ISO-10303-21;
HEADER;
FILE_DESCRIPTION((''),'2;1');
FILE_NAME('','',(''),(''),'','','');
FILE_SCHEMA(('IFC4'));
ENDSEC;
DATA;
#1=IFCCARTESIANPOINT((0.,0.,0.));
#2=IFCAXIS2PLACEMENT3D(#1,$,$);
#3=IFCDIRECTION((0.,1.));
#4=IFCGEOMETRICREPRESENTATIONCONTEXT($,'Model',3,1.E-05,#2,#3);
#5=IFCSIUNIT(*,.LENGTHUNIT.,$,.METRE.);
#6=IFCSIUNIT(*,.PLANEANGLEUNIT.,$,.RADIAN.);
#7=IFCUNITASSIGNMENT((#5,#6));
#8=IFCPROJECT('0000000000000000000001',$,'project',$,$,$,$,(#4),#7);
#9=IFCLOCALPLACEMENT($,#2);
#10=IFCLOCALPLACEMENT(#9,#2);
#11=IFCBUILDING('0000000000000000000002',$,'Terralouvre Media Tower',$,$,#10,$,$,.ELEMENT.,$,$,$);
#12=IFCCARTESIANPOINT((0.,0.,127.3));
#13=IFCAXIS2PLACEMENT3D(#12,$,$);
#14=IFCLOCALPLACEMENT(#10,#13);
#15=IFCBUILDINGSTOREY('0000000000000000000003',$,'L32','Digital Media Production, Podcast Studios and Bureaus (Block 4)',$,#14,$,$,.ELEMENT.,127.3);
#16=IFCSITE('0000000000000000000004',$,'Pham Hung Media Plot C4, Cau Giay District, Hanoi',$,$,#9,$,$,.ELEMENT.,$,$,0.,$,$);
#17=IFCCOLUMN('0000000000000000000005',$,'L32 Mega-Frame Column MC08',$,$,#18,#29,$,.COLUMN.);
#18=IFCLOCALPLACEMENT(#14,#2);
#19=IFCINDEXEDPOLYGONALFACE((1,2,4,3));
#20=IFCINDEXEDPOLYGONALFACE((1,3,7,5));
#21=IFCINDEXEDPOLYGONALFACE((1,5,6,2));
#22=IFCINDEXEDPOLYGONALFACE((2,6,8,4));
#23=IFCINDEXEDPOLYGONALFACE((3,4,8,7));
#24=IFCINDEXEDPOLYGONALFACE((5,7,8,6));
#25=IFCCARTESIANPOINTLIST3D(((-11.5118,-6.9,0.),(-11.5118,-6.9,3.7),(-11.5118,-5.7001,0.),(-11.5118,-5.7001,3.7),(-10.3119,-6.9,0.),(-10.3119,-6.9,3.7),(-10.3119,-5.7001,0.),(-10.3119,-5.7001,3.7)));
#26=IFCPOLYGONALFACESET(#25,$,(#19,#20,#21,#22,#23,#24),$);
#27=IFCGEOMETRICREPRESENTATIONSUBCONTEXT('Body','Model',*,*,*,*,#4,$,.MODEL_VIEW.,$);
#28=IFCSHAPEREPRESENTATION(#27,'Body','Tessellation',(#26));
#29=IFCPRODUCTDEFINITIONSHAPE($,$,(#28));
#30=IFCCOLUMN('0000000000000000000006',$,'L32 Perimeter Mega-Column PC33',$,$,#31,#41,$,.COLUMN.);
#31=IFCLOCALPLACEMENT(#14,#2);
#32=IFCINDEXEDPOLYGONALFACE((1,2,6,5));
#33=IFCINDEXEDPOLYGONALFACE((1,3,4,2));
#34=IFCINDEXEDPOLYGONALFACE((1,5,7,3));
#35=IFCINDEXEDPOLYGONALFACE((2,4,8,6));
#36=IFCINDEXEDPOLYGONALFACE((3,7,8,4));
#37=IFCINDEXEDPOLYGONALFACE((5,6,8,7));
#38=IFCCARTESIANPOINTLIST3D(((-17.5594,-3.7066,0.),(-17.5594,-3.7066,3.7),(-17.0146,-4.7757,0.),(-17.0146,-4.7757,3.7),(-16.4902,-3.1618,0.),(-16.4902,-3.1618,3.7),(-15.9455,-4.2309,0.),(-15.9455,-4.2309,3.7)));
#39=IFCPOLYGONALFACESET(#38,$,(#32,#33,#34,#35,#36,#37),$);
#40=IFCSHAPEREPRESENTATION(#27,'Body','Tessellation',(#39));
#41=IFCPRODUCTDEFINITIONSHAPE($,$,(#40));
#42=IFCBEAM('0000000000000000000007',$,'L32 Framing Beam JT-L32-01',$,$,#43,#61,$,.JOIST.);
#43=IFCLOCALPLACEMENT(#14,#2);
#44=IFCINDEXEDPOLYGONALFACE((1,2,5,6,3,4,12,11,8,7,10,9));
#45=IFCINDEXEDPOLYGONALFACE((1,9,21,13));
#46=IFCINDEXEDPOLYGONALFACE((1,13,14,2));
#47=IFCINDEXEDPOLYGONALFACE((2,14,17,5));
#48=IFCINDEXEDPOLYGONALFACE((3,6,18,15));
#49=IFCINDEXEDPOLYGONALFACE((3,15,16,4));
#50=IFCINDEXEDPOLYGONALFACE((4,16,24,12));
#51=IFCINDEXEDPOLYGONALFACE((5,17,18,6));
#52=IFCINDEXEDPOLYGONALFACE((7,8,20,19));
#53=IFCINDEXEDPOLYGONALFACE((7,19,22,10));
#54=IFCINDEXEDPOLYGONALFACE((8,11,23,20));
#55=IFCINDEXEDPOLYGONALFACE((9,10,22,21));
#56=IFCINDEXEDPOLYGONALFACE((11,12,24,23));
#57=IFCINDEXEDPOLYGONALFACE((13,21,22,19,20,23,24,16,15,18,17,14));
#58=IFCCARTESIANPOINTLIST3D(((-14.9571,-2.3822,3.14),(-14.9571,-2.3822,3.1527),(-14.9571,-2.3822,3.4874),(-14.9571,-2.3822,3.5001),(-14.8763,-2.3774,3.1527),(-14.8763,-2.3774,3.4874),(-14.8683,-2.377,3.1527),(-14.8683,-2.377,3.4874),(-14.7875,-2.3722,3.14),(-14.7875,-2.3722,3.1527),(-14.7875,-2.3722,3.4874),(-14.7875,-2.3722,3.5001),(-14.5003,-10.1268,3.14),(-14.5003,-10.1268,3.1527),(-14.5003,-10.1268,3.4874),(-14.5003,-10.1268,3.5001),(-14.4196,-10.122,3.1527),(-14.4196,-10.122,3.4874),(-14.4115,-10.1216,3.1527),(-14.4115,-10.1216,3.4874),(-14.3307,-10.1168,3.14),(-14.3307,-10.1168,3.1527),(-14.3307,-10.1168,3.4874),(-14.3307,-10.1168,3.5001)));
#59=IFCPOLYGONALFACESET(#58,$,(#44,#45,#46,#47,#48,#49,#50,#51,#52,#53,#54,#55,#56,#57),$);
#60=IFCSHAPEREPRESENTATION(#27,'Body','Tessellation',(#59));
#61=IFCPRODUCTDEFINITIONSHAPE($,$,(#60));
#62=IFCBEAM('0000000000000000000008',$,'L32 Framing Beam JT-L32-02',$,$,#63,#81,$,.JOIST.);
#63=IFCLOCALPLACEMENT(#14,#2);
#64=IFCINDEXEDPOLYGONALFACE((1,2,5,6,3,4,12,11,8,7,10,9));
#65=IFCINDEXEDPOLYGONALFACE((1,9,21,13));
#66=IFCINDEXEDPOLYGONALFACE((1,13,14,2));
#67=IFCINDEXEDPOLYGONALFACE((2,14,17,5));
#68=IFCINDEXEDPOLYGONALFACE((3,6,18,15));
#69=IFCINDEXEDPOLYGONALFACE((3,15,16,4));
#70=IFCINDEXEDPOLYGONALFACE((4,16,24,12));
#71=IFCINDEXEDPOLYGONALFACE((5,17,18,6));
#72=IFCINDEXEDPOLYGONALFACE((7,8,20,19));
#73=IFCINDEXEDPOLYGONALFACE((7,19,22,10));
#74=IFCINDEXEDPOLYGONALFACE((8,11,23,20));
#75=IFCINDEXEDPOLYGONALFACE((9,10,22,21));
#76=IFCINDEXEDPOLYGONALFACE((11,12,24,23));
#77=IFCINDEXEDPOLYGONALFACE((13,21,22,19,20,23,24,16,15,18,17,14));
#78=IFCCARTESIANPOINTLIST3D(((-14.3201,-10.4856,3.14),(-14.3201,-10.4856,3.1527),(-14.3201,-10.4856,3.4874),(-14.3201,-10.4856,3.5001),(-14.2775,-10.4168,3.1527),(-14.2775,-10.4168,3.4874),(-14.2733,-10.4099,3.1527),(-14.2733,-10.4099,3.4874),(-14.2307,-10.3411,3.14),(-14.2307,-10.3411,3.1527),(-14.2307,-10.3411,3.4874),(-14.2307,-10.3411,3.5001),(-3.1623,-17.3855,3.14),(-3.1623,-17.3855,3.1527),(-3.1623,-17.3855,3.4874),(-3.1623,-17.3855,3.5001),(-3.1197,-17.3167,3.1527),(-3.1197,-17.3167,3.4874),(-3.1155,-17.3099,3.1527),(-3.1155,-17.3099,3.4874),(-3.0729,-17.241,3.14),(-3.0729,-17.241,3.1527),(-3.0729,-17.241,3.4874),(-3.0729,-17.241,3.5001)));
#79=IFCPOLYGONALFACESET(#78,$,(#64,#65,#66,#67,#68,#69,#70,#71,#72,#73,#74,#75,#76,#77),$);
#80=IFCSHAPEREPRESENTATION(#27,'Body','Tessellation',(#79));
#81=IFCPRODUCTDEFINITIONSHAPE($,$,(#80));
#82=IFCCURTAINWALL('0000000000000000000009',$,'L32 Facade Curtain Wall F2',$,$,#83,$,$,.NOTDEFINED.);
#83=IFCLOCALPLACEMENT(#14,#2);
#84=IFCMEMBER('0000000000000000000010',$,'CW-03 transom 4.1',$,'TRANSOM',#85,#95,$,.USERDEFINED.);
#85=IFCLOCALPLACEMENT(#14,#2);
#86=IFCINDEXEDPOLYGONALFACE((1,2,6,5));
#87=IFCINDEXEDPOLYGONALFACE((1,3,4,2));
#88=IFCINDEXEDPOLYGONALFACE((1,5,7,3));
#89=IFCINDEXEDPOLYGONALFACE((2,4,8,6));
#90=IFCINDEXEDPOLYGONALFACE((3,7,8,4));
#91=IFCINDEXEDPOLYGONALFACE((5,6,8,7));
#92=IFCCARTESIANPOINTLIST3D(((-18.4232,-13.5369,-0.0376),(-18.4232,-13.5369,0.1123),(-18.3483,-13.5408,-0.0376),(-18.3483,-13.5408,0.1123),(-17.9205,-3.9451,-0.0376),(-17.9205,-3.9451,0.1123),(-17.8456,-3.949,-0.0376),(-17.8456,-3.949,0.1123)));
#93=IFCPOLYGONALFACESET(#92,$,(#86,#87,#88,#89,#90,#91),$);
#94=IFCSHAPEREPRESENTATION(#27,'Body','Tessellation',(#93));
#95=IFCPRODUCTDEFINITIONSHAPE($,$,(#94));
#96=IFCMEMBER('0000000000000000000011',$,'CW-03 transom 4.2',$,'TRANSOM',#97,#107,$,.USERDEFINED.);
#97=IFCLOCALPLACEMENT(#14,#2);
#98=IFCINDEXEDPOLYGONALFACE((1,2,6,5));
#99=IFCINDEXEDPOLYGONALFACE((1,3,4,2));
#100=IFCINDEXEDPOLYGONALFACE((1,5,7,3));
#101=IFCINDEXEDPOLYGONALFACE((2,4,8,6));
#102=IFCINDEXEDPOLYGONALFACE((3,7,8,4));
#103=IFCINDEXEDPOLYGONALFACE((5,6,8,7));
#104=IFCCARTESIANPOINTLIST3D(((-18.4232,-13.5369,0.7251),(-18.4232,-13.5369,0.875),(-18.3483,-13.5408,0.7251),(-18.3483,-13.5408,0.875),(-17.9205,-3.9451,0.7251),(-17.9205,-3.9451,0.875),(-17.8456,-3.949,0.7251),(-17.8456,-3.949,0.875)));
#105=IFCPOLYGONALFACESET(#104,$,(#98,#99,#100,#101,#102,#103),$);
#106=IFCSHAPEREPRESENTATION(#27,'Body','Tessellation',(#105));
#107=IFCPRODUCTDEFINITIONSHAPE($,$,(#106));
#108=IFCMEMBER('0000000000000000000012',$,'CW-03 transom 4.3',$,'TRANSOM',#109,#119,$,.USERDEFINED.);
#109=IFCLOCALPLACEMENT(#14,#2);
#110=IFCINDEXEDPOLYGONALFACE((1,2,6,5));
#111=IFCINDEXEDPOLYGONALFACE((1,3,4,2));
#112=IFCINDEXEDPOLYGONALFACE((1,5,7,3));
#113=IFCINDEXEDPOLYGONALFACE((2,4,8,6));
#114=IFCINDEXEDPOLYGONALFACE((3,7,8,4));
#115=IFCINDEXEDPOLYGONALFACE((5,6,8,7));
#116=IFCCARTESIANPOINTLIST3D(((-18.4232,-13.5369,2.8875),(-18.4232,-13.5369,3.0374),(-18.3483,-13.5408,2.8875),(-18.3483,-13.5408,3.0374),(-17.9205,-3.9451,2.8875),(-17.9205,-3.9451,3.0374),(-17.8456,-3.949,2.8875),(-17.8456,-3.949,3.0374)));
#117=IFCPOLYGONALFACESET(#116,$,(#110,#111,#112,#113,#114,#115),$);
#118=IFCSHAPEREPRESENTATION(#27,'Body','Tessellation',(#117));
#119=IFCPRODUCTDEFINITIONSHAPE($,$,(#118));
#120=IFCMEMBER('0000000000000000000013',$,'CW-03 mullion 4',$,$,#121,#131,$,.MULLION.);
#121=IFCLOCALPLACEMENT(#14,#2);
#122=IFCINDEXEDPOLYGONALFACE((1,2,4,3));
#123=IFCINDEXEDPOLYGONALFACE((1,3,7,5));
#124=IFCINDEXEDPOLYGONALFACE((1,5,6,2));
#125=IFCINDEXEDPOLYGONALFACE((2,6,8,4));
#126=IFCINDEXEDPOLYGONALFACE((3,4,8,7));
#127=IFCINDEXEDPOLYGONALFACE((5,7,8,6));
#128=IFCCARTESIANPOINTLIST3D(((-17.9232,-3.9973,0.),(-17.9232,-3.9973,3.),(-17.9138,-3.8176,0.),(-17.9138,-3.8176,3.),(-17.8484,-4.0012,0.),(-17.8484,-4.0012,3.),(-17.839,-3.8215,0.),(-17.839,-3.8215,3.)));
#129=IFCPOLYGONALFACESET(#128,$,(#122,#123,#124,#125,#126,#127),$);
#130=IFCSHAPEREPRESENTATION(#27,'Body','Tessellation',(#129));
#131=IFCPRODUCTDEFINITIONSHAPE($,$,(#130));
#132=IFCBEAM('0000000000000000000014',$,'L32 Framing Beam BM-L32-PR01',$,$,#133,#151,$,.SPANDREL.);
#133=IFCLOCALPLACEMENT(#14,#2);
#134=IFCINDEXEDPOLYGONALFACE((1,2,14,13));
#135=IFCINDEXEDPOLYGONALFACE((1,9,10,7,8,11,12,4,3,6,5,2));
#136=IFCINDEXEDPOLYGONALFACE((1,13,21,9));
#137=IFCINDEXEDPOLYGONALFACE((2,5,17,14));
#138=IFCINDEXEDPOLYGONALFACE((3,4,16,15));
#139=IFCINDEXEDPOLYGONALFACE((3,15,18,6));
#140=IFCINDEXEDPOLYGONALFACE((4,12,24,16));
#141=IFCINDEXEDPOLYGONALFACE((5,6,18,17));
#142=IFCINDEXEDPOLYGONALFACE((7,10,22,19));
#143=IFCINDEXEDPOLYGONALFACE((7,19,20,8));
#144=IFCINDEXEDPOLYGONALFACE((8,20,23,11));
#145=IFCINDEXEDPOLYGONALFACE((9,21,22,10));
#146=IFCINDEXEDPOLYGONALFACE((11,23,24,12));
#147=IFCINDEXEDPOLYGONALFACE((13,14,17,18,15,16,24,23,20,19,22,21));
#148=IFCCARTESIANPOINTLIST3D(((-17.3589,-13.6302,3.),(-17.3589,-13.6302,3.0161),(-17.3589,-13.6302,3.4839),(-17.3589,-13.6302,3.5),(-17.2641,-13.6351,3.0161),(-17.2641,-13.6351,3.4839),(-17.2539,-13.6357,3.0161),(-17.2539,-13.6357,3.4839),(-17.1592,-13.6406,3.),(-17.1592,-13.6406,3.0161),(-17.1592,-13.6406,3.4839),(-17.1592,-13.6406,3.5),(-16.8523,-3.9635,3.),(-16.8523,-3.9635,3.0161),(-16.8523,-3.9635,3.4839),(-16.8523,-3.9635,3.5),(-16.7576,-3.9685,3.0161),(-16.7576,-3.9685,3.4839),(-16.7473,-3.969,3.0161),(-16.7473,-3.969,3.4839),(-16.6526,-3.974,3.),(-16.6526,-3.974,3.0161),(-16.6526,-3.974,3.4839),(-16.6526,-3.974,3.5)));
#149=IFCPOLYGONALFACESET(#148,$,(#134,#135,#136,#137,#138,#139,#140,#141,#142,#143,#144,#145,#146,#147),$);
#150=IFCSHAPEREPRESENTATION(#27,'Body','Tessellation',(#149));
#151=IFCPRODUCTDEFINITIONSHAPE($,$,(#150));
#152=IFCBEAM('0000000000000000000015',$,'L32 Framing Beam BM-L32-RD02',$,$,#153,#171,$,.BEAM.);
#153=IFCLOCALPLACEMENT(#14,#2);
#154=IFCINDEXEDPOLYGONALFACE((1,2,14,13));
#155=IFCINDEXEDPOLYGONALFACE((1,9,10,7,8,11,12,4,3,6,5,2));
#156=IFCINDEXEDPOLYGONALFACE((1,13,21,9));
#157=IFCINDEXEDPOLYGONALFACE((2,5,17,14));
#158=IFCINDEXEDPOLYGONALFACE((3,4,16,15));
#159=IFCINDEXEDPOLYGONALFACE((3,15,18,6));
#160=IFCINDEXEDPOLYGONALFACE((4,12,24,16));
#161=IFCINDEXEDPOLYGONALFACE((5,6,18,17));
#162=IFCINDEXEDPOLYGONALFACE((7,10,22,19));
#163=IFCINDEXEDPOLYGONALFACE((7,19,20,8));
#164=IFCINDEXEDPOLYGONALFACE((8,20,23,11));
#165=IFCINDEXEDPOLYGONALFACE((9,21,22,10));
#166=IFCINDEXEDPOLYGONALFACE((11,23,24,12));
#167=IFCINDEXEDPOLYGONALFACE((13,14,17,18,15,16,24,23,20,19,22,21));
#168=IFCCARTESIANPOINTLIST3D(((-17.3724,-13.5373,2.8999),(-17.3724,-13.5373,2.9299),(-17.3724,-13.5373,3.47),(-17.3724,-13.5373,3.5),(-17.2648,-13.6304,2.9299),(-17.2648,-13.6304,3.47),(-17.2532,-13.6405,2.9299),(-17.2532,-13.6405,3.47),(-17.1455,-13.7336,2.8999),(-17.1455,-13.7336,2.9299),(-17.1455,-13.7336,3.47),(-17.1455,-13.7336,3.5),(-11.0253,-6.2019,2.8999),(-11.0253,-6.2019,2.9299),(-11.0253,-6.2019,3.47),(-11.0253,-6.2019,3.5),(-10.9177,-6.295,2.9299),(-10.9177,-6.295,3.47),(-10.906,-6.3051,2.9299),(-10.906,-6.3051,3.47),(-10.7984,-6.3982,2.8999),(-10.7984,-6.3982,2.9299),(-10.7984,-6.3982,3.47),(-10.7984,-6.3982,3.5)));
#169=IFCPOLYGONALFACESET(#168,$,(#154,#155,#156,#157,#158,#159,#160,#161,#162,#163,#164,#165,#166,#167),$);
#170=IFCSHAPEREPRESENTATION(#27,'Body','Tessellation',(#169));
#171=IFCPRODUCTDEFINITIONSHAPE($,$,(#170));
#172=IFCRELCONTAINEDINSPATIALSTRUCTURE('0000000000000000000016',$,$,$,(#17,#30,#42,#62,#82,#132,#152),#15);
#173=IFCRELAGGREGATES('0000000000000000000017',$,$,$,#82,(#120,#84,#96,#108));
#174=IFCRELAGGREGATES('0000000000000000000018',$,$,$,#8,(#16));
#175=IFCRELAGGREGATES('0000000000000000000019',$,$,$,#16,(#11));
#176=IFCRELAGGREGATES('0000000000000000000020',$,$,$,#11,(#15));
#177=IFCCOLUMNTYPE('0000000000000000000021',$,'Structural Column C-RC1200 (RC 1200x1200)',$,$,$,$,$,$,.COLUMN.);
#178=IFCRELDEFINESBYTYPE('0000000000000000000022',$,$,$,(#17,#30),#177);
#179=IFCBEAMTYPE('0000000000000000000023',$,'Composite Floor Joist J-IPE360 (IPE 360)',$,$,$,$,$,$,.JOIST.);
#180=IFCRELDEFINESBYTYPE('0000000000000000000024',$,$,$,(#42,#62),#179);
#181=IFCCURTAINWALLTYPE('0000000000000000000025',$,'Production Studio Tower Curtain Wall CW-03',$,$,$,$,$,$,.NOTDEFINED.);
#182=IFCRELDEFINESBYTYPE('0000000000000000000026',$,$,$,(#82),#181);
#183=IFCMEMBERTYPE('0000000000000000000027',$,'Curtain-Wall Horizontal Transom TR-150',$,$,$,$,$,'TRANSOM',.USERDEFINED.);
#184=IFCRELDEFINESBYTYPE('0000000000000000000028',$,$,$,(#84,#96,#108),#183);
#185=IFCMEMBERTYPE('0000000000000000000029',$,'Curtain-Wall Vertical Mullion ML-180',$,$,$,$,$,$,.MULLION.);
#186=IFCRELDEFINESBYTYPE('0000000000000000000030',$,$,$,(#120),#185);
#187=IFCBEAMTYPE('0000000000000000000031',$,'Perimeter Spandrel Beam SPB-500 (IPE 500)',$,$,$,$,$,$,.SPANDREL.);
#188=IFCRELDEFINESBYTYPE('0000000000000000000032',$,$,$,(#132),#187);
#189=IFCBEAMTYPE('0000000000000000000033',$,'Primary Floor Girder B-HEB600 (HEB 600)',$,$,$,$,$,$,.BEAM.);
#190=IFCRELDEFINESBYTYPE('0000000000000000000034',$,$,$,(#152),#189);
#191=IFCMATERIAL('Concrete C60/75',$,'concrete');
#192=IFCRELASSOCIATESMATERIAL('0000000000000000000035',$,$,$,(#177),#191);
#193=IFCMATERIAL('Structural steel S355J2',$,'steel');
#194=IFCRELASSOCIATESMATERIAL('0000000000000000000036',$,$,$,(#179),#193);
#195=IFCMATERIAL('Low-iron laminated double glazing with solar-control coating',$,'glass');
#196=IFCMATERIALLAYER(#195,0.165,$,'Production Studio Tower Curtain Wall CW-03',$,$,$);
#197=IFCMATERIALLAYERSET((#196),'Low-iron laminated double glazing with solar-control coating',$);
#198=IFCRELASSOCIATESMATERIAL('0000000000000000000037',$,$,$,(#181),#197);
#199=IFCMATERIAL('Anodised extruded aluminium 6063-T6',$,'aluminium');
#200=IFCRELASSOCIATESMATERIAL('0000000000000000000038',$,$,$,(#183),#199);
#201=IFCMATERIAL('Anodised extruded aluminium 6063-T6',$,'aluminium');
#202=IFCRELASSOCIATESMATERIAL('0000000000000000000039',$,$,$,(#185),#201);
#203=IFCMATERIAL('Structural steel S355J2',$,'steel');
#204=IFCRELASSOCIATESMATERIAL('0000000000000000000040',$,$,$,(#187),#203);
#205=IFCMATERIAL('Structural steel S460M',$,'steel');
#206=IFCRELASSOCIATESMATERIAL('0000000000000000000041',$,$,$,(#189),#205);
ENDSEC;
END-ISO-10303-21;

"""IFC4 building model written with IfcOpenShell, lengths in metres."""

from ifc_helpers import new_model, si_unit, direction, frame, origin, origin_2d, place, context, subcontext, project, spatial, rectangle, i_section, extrude, material, layer, layer_set, material_profile, profile_set, type_object, element, aggregate, save


model = new_model("IFC4")

# Units and contexts
model_context = context("Model", 3, precision=1e-05, world=origin(), true_north=direction((0.0, 1.0)))
body_context = subcontext(model_context, "Body", "Model", "MODEL_VIEW")
ifc_project = project(units=[si_unit("LENGTHUNIT", "METRE"), si_unit("PLANEANGLEUNIT", "RADIAN")], contexts=[model_context])

# Site, building, storey
site_placement = place(None, origin())
site = spatial("IfcSite", under=ifc_project, at=site_placement, Name="Pham Hung Media Plot C4, Cau Giay District, Hanoi", CompositionType="ELEMENT", RefElevation=0.0)
building_placement = place(site_placement, origin())
building = spatial("IfcBuilding", under=site, at=building_placement, Name="Terralouvre Media Tower", CompositionType="ELEMENT")
storey_placement = place(building_placement, frame((0.0, 0.0, 127.3)))
storey = spatial("IfcBuildingStorey", under=building, at=storey_placement, Name="L32", Description="Digital Media Production, Podcast Studios and Bureaus (Block 4)", CompositionType="ELEMENT", Elevation=127.3)

# Columns
ifc_material_1 = material(Name="Concrete C60/75", Category="concrete")
ifc_material_profile_1 = material_profile(ifc_material_1, rectangle(XDim=1.2, YDim=1.2, at=origin_2d()), Name="RC 1200x1200")
ifc_profile_set_1 = profile_set([ifc_material_profile_1], Name="Concrete C60/75")
column_type = type_object("IfcColumnType", Name="Structural Column C-RC1200 (RC 1200x1200)", PredefinedType="COLUMN", material=ifc_profile_set_1)
for number, where, z_axis, x_axis, name in (
    (1, (-10.9119, -6.3, 0.0), (0.0, 0.0, 1.0), (1.0, 0.0, 0.0), "L32 Mega-Frame Column MC08"),
    (2, (-16.7524, -3.9688, 0.0), (0.0, 0.0, 1.0), (0.891007, 0.45399, 0.0), "L32 Perimeter Mega-Column PC33"),
):
    element("IfcColumn", number, at=place(storey_placement, frame(where, z_axis=z_axis, x_axis=x_axis)), inside=storey, type_object=column_type, Name=name, PredefinedType="COLUMN", context=body_context, shape_type="SweptSolid", body=[
        extrude(rectangle(XDim=1.2, YDim=1.2, at=origin_2d()), origin(), (0.0, 0.0, 1.0), 3.7),
    ])

# Beams
ifc_material_2 = material(Name="Structural steel S355J2", Category="steel")
ifc_material_profile_2 = material_profile(ifc_material_2, i_section(OverallWidth=0.1699, OverallDepth=0.3601, WebThickness=0.0081, FlangeThickness=0.0127, at=origin_2d()), Name="IPE 360")
ifc_profile_set_2 = profile_set([ifc_material_profile_2], Name="Structural steel S355J2")
beam_type_1 = type_object("IfcBeamType", Name="Composite Floor Joist J-IPE360 (IPE 360)", PredefinedType="JOIST", material=ifc_profile_set_2)
beam_1_placement = place(storey_placement, frame((-14.8723, -2.3772, 3.3201), z_axis=(0.058879, -0.998265, 0.0), x_axis=(0.998265, 0.058879, 0.0)))
element("IfcBeam", 3, at=beam_1_placement, inside=storey, type_object=beam_type_1, Name="L32 Framing Beam JT-L32-01", PredefinedType="JOIST", context=body_context, shape_type="SweptSolid", body=[
    extrude(i_section(OverallWidth=0.1699, OverallDepth=0.3601, WebThickness=0.0081, FlangeThickness=0.0127, at=origin_2d()), origin(), (0.0, 0.0, 1.0), 7.7581),
])
beam_2_placement = place(storey_placement, frame((-14.2754, -10.4133, 3.3201), z_axis=(0.850513, -0.525955, 0.0), x_axis=(0.525955, 0.850513, 0.0)))
element("IfcBeam", 4, at=beam_2_placement, inside=storey, type_object=beam_type_1, Name="L32 Framing Beam JT-L32-02", PredefinedType="JOIST", context=body_context, shape_type="SweptSolid", body=[
    extrude(i_section(OverallWidth=0.1699, OverallDepth=0.3601, WebThickness=0.0081, FlangeThickness=0.0127, at=origin_2d()), origin(), (0.0, 0.0, 1.0), 13.1189),
])

# Curtain wall, members
ifc_material_3 = material(Name="Low-iron laminated double glazing with solar-control coating", Category="glass")
ifc_layer_1 = layer(ifc_material_3, 0.165, Name="Production Studio Tower Curtain Wall CW-03")
ifc_layer_set_1 = layer_set([ifc_layer_1], Name="Low-iron laminated double glazing with solar-control coating")
curtain_wall_type = type_object("IfcCurtainWallType", Name="Production Studio Tower Curtain Wall CW-03", PredefinedType="NOTDEFINED", material=ifc_layer_set_1)
curtain_wall_placement = place(storey_placement, origin())
curtain_wall = element("IfcCurtainWall", 5, at=curtain_wall_placement, inside=storey, type_object=curtain_wall_type, Name="L32 Facade Curtain Wall F2", PredefinedType="NOTDEFINED")
ifc_material_4 = material(Name="Anodised extruded aluminium 6063-T6", Category="aluminium")
ifc_material_profile_3 = material_profile(ifc_material_4, rectangle(XDim=0.075, YDim=0.1499, at=origin_2d()), Name="ALU 75x150")
ifc_profile_set_3 = profile_set([ifc_material_profile_3], Name="Anodised extruded aluminium 6063-T6")
member_type_1 = type_object("IfcMemberType", Name="Curtain-Wall Horizontal Transom TR-150", ElementType="TRANSOM", PredefinedType="USERDEFINED", material=ifc_profile_set_3)
member_1_placement = place(storey_placement, frame((-17.8831, -3.947, 0.0374), z_axis=(-0.052336, -0.99863, 0.0), x_axis=(0.99863, -0.052336, 0.0)))
member_1 = element("IfcMember", 6, at=member_1_placement, type_object=member_type_1, Name="CW-03 transom 4.1", ObjectType="TRANSOM", PredefinedType="USERDEFINED", context=body_context, shape_type="SweptSolid", body=[
    extrude(rectangle(XDim=0.075, YDim=0.1499, at=origin_2d()), origin(), (0.0, 0.0, 1.0), 9.605),
])
member_2_placement = place(storey_placement, frame((-17.8831, -3.947, 0.8), z_axis=(-0.052336, -0.99863, 0.0), x_axis=(0.99863, -0.052336, 0.0)))
member_2 = element("IfcMember", 7, at=member_2_placement, type_object=member_type_1, Name="CW-03 transom 4.2", ObjectType="TRANSOM", PredefinedType="USERDEFINED", context=body_context, shape_type="SweptSolid", body=[
    extrude(rectangle(XDim=0.075, YDim=0.1499, at=origin_2d()), origin(), (0.0, 0.0, 1.0), 9.605),
])
member_3_placement = place(storey_placement, frame((-17.8831, -3.947, 2.9624), z_axis=(-0.052336, -0.99863, 0.0), x_axis=(0.99863, -0.052336, 0.0)))
member_3 = element("IfcMember", 8, at=member_3_placement, type_object=member_type_1, Name="CW-03 transom 4.3", ObjectType="TRANSOM", PredefinedType="USERDEFINED", context=body_context, shape_type="SweptSolid", body=[
    extrude(rectangle(XDim=0.075, YDim=0.1499, at=origin_2d()), origin(), (0.0, 0.0, 1.0), 9.605),
])
ifc_material_5 = material(Name="Anodised extruded aluminium 6063-T6", Category="aluminium")
ifc_material_profile_4 = material_profile(ifc_material_5, rectangle(XDim=0.075, YDim=0.1799, at=origin_2d()), Name="ALU 75x180")
ifc_profile_set_4 = profile_set([ifc_material_profile_4], Name="Anodised extruded aluminium 6063-T6")
member_type_2 = type_object("IfcMemberType", Name="Curtain-Wall Vertical Mullion ML-180", PredefinedType="MULLION", material=ifc_profile_set_4)
member_4_placement = place(storey_placement, frame((-17.8811, -3.9094, 0.0), z_axis=(0.0, 0.0, 1.0), x_axis=(0.99863, -0.052336, 0.0)))
member_4 = element("IfcMember", 9, at=member_4_placement, type_object=member_type_2, Name="CW-03 mullion 4", PredefinedType="MULLION", context=body_context, shape_type="SweptSolid", body=[
    extrude(rectangle(XDim=0.075, YDim=0.1799, at=origin_2d()), origin(), (0.0, 0.0, 1.0), 3.0),
])

# Beams
ifc_material_6 = material(Name="Structural steel S355J2", Category="steel")
ifc_material_profile_5 = material_profile(ifc_material_6, i_section(OverallWidth=0.2, OverallDepth=0.5, WebThickness=0.0103, FlangeThickness=0.0161, at=origin_2d()), Name="IPE 500")
ifc_profile_set_5 = profile_set([ifc_material_profile_5], Name="Structural steel S355J2")
beam_type_2 = type_object("IfcBeamType", Name="Perimeter Spandrel Beam SPB-500 (IPE 500)", PredefinedType="SPANDREL", material=ifc_profile_set_5)
beam_3_placement = place(storey_placement, frame((-16.7524, -3.9688, 3.25), z_axis=(-0.052334, -0.99863, 0.0), x_axis=(0.99863, -0.052334, 0.0)))
element("IfcBeam", 10, at=beam_3_placement, inside=storey, type_object=beam_type_2, Name="L32 Framing Beam BM-L32-PR01", PredefinedType="SPANDREL", context=body_context, shape_type="SweptSolid", body=[
    extrude(i_section(OverallWidth=0.2, OverallDepth=0.5, WebThickness=0.0103, FlangeThickness=0.0161, at=origin_2d()), origin(), (0.0, 0.0, 1.0), 9.6799),
])
ifc_material_7 = material(Name="Structural steel S460M", Category="steel")
ifc_material_profile_6 = material_profile(ifc_material_7, i_section(OverallWidth=0.3, OverallDepth=0.6001, WebThickness=0.0154, FlangeThickness=0.03, at=origin_2d()), Name="HEB 600")
ifc_profile_set_6 = profile_set([ifc_material_profile_6], Name="Structural steel S460M")
beam_type_3 = type_object("IfcBeamType", Name="Primary Floor Girder B-HEB600 (HEB 600)", PredefinedType="BEAM", material=ifc_profile_set_6)
beam_4_placement = place(storey_placement, frame((-10.9119, -6.3, 3.2), z_axis=(-0.654329, -0.75621, 0.0), x_axis=(0.75621, -0.654329, 0.0)))
element("IfcBeam", 11, at=beam_4_placement, inside=storey, type_object=beam_type_3, Name="L32 Framing Beam BM-L32-RD02", PredefinedType="BEAM", context=body_context, shape_type="SweptSolid", body=[
    extrude(i_section(OverallWidth=0.3, OverallDepth=0.6001, WebThickness=0.0154, FlangeThickness=0.03, at=origin_2d()), origin(), (0.0, 0.0, 1.0), 9.7002),
])

aggregate(curtain_wall, [member_4, member_1, member_2, member_3])

save(model, "model.ifc")
